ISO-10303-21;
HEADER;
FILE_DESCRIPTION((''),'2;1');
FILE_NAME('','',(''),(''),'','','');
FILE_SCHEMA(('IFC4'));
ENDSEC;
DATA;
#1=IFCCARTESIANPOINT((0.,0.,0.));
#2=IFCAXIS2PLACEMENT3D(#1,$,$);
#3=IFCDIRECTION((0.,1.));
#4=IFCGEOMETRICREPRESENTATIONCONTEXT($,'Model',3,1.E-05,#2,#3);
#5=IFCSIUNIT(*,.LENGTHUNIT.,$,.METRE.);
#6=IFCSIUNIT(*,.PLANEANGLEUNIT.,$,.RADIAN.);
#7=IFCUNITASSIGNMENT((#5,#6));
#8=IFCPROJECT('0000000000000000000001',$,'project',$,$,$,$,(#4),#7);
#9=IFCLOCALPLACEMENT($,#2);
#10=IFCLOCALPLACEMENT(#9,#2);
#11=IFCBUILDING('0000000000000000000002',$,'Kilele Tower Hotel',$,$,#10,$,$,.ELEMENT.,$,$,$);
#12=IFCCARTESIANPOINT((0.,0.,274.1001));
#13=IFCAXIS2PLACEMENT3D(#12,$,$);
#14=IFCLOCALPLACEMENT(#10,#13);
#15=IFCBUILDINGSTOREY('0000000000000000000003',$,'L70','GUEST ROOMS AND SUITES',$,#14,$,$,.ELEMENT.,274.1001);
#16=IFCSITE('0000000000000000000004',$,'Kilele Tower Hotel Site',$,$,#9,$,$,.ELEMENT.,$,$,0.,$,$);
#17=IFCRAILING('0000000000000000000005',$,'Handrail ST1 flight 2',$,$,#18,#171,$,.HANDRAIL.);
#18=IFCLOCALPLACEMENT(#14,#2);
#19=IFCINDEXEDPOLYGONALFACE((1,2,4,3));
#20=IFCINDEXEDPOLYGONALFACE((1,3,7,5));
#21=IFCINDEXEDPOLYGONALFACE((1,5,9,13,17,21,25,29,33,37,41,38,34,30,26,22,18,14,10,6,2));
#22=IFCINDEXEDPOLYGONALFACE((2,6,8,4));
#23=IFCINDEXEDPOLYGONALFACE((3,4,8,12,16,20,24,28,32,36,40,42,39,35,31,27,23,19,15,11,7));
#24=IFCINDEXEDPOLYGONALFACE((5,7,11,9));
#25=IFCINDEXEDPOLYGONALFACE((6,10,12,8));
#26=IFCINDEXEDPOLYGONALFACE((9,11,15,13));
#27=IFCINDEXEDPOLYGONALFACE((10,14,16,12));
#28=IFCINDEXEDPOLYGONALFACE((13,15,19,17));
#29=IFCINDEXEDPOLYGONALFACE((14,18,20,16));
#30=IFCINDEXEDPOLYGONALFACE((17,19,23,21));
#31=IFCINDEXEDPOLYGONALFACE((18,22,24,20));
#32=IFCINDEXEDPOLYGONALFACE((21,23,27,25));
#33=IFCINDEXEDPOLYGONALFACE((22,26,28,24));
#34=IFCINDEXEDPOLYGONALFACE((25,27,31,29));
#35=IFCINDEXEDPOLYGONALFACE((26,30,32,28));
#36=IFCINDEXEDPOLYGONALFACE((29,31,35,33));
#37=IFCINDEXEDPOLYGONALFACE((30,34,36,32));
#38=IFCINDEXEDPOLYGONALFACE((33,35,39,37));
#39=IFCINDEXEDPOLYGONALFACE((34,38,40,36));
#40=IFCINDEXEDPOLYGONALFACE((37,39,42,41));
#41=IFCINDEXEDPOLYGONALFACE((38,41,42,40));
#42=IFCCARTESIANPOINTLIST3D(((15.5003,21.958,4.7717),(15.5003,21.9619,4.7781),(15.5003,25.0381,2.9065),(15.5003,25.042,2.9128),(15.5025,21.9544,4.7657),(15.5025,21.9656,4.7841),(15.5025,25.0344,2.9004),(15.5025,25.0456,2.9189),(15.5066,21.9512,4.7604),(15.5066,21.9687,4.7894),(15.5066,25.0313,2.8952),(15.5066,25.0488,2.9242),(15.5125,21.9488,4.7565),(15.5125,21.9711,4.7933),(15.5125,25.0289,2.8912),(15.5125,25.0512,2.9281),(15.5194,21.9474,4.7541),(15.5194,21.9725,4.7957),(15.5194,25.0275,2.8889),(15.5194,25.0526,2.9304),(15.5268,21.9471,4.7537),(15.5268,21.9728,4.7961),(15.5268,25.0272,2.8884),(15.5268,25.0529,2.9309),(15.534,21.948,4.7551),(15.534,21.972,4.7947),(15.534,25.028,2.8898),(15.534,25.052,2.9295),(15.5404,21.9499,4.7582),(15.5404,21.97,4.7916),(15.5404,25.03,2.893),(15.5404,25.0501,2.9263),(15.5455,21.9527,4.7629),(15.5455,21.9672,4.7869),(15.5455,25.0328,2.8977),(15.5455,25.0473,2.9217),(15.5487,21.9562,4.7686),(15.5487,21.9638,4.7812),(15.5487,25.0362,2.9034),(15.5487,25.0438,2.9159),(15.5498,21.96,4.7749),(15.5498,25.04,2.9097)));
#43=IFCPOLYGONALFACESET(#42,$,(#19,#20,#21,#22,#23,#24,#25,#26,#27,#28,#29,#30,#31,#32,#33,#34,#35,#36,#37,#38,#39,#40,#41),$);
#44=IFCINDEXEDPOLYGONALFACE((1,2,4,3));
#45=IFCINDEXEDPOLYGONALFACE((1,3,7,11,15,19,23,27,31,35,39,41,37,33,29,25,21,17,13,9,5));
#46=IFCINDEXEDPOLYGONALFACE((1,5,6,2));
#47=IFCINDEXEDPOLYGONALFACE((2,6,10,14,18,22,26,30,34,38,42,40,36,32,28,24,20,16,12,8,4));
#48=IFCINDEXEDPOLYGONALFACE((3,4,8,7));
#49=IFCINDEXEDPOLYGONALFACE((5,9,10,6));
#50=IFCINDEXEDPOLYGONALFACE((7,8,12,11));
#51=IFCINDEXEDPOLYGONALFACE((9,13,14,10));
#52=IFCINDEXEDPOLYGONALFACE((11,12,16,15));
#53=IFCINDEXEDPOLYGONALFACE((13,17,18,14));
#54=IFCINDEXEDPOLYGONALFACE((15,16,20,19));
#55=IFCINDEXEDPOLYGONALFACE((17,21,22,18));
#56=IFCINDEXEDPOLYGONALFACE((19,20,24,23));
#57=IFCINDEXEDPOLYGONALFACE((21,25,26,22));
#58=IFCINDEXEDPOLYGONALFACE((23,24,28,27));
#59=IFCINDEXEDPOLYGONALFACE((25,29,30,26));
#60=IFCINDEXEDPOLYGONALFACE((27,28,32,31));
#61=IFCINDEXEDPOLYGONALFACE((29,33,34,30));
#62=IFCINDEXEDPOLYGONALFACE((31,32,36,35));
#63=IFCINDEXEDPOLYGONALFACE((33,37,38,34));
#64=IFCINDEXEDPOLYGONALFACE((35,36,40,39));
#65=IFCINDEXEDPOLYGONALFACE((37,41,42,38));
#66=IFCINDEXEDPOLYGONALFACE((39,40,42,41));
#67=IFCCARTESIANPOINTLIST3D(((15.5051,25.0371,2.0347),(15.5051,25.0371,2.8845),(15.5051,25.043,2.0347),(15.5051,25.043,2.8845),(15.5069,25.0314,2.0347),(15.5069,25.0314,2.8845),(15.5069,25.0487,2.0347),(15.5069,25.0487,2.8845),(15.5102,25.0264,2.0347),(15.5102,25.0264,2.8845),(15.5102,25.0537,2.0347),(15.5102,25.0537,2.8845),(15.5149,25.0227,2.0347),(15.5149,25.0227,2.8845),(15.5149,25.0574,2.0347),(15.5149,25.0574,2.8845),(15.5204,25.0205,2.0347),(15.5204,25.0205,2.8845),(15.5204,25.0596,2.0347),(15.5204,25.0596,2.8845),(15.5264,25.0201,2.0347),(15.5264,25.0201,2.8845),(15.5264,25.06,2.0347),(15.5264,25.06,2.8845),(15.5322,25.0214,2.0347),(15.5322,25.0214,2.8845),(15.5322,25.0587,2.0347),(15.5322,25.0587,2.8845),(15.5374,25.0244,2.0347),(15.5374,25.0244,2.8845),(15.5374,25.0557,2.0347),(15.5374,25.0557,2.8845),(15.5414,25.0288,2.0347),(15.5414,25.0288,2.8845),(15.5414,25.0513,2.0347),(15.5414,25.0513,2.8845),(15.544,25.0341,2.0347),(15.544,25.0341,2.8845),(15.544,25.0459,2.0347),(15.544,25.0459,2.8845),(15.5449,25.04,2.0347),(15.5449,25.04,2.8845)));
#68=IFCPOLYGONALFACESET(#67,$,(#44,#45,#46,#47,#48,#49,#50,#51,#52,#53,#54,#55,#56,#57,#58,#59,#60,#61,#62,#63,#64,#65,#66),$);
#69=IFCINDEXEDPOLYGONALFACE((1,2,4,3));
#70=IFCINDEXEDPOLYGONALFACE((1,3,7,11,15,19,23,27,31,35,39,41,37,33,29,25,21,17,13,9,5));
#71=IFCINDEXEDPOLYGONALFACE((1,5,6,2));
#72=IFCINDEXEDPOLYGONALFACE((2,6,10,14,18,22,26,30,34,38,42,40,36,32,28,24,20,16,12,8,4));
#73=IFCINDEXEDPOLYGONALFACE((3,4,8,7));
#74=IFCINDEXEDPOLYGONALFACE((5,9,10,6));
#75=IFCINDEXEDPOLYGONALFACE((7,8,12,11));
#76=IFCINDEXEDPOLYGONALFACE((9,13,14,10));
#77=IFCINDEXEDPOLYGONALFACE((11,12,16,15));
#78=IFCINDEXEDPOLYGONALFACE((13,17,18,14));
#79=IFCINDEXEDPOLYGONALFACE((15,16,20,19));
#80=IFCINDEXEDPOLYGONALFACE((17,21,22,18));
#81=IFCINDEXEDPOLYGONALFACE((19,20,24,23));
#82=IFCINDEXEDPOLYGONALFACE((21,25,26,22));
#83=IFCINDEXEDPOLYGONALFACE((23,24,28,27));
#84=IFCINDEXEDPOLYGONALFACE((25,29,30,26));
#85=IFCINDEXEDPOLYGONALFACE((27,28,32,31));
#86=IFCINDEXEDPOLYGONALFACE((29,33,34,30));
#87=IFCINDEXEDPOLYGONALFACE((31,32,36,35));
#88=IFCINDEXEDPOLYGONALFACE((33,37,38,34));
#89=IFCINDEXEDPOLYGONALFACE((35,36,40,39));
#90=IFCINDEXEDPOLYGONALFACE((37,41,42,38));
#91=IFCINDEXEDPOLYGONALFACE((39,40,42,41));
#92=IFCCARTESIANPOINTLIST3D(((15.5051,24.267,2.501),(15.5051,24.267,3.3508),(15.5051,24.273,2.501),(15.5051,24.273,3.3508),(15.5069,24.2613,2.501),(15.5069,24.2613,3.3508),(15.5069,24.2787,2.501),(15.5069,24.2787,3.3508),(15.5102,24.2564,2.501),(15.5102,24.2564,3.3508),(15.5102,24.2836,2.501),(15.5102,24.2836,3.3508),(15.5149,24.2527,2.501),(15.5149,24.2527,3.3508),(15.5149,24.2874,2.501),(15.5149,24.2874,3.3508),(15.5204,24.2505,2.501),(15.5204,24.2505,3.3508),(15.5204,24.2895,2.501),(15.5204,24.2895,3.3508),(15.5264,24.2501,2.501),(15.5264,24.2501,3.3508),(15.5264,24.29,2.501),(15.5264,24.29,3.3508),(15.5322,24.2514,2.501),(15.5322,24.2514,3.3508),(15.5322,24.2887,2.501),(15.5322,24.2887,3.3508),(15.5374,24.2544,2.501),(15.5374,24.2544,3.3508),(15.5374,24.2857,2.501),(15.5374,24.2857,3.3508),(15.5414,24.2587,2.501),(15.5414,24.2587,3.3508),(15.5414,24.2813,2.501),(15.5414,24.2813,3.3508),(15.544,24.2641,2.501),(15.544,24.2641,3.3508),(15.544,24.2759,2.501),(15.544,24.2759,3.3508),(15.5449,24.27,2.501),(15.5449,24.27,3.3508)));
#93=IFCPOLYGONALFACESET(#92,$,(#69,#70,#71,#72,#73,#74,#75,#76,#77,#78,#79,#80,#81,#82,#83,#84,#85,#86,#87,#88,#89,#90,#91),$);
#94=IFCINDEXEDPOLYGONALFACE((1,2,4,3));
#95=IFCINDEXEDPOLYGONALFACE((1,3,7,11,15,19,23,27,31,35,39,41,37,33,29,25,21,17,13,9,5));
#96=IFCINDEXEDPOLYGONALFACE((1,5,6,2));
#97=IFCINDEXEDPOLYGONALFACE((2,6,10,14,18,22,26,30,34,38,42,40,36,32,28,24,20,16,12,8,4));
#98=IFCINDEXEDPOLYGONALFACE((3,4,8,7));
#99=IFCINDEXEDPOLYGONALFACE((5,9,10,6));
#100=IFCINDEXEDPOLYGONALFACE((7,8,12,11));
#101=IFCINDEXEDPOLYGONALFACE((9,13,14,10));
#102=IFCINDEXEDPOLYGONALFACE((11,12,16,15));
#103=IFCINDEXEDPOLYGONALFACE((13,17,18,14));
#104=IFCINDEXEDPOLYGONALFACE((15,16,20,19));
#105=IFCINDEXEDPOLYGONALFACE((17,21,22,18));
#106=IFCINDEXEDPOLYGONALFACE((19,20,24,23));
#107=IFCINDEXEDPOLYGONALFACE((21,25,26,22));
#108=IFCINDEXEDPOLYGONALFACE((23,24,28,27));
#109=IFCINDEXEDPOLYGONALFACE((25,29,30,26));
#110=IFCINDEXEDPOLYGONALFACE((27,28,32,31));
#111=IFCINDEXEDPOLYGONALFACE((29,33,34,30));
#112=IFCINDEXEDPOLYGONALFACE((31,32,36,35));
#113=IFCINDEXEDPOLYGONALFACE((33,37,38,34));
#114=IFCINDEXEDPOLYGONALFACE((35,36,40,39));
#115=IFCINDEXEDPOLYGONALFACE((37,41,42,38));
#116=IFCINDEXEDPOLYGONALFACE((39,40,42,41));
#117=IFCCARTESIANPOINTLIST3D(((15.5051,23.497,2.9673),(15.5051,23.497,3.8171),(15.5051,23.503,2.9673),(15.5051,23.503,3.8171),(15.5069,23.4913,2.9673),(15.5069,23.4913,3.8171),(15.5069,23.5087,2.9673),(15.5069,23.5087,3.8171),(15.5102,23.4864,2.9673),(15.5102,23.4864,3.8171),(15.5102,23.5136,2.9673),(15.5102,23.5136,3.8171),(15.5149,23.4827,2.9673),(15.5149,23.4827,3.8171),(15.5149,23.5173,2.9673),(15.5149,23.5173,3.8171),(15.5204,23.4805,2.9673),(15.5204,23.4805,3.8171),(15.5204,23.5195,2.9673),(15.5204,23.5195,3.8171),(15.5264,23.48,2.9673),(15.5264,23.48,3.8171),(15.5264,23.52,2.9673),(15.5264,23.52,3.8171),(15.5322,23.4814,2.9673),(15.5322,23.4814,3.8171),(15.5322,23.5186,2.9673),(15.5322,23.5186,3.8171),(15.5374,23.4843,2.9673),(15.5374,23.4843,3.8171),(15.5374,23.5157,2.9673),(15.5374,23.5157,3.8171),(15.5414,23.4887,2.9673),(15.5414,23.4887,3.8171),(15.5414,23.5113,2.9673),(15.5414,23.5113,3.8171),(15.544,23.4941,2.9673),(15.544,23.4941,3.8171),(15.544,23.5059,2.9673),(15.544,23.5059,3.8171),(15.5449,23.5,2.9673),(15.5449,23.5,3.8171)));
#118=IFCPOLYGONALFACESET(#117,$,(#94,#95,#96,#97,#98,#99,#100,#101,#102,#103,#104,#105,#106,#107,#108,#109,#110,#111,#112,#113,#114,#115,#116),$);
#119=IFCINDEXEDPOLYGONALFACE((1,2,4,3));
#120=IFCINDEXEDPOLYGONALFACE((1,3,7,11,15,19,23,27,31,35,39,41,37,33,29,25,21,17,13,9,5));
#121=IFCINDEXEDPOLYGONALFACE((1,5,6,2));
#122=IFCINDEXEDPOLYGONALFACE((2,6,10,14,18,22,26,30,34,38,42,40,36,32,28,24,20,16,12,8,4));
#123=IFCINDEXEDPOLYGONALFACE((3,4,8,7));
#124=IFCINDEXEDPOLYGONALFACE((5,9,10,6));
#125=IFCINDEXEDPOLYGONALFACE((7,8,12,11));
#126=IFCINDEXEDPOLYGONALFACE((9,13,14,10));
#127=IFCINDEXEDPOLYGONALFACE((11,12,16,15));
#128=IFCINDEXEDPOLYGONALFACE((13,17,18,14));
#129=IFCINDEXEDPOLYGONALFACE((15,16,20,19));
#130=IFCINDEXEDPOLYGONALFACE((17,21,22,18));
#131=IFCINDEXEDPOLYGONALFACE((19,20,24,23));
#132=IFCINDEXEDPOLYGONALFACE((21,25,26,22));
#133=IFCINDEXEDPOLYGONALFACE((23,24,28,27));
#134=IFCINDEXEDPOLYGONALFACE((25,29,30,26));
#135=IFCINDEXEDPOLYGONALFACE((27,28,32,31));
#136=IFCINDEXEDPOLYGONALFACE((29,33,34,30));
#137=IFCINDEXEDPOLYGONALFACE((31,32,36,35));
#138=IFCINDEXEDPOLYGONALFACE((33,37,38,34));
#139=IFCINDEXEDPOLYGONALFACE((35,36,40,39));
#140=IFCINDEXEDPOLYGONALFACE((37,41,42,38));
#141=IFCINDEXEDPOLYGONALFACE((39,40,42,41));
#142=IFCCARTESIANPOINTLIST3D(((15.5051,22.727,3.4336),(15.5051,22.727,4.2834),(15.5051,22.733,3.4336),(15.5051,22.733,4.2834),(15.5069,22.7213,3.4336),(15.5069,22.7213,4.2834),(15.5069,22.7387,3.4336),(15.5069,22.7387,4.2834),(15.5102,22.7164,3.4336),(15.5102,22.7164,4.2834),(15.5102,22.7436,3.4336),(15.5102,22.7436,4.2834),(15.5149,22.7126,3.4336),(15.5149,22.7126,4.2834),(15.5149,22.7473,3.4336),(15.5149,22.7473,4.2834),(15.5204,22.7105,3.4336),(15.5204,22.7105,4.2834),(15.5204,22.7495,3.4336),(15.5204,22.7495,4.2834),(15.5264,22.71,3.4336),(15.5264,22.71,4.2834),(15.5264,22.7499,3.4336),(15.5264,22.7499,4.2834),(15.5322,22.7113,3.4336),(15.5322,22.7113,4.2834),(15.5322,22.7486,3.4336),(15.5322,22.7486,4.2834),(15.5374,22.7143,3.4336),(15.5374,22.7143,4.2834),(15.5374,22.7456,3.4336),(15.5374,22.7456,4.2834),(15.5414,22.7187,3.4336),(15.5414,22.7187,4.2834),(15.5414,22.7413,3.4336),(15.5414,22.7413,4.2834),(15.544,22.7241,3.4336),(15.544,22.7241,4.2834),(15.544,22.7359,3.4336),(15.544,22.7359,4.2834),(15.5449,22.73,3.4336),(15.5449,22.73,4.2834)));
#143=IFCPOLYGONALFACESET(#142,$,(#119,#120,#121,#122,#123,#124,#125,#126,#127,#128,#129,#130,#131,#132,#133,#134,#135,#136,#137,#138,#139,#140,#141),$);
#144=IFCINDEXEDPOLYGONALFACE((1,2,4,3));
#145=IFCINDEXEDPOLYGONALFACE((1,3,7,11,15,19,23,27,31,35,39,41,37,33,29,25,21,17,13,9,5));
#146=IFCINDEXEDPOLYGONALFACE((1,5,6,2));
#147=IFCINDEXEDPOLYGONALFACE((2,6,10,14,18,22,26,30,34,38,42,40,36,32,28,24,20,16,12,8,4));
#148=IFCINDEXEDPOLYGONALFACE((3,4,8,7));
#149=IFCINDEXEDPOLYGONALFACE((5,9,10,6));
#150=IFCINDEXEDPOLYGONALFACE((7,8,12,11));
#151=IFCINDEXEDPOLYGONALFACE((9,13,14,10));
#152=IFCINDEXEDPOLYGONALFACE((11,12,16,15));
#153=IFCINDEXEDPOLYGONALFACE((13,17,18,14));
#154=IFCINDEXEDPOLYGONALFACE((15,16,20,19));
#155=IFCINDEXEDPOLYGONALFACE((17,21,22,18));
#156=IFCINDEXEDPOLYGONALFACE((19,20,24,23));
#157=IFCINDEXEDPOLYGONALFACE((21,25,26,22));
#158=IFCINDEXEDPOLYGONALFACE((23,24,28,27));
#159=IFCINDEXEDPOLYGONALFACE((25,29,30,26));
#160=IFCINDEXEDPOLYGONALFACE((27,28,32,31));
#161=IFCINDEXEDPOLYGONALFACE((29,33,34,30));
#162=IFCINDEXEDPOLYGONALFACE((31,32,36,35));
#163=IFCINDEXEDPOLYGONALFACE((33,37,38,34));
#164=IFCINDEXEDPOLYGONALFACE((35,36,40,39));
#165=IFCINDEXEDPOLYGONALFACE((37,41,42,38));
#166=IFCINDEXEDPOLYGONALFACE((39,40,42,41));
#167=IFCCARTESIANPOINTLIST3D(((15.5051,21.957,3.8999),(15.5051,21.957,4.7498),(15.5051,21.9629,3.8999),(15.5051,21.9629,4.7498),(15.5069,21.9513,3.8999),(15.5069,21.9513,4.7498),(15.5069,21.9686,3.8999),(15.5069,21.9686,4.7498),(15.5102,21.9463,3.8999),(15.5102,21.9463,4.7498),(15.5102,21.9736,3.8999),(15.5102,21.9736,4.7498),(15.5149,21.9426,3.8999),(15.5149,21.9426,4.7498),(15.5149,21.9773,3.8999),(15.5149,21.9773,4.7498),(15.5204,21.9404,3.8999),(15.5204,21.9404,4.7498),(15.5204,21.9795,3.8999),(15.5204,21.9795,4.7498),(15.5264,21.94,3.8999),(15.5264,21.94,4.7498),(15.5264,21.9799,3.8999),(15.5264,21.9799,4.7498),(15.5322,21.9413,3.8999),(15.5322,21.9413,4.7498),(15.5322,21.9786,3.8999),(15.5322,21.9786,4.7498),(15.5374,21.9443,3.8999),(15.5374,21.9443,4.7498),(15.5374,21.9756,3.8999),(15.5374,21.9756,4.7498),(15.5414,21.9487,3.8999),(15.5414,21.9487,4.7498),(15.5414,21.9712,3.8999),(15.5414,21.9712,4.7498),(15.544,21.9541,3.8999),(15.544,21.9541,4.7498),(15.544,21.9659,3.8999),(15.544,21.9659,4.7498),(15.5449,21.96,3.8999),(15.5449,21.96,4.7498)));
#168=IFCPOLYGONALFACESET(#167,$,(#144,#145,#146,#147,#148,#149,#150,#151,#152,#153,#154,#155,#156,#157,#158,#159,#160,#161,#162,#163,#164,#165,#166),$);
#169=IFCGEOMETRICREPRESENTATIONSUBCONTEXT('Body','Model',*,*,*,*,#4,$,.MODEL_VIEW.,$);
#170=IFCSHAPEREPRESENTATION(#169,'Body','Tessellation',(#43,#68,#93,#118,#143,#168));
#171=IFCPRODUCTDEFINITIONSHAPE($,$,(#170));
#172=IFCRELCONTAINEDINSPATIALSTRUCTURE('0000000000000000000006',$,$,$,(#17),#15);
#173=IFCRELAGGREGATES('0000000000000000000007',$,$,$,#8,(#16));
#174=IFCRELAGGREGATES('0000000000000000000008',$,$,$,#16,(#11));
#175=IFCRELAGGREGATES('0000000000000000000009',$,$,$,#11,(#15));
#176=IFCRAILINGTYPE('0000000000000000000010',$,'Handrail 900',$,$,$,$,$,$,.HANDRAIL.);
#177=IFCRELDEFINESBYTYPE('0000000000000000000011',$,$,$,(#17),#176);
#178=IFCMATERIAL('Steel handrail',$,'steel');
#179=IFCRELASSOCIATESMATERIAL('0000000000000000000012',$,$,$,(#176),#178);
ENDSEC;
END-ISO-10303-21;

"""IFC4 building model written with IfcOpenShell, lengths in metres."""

from ifc_helpers import new_model, si_unit, direction, frame, origin, origin_2d, place, context, subcontext, project, spatial, circle, extrude, material, type_object, element, save


model = new_model("IFC4")

# Units and contexts
model_context = context("Model", 3, precision=1e-05, world=origin(), true_north=direction((0.0, 1.0)))
body_context = subcontext(model_context, "Body", "Model", "MODEL_VIEW")
ifc_project = project(units=[si_unit("LENGTHUNIT", "METRE"), si_unit("PLANEANGLEUNIT", "RADIAN")], contexts=[model_context])

# Site, building, storey
site_placement = place(None, origin())
site = spatial("IfcSite", under=ifc_project, at=site_placement, Name="Kilele Tower Hotel Site", CompositionType="ELEMENT", RefElevation=0.0)
building_placement = place(site_placement, origin())
building = spatial("IfcBuilding", under=site, at=building_placement, Name="Kilele Tower Hotel", CompositionType="ELEMENT")
storey_placement = place(building_placement, frame((0.0, 0.0, 274.1001)))
storey = spatial("IfcBuildingStorey", under=building, at=storey_placement, Name="L70", Description="GUEST ROOMS AND SUITES", CompositionType="ELEMENT", Elevation=274.1001)

# Railing
ifc_material_1 = material(Name="Steel handrail", Category="steel")
railing_type_1 = type_object("IfcRailingType", Name="Handrail 900", PredefinedType="HANDRAIL", material=ifc_material_1)
for number, where, name in (
    (1, (15.5249, 25.04, 2.0347), "Handrail ST1 flight 2"),
):
    element("IfcRailing", number, at=place(storey_placement, frame(where)), inside=storey, type_object=railing_type_1, Name=name, PredefinedType="HANDRAIL", context=body_context, shape_type="SweptSolid", body=[
        extrude(circle(Radius=0.0249, at=origin_2d()), frame((0.0, 0.0, 0.875), z_axis=(0.0, -0.85538, 0.518001), x_axis=(1.0, 0.0, 0.0)), (0.0, 0.0, 1.0), 3.6008),
        extrude(circle(Radius=0.02, at=origin_2d()), origin(), (0.0, 0.0, 1.0), 0.8499),
        extrude(circle(Radius=0.02, at=origin_2d()), frame((0.0, -0.77, 0.4663)), (0.0, 0.0, 1.0), 0.8499),
        extrude(circle(Radius=0.02, at=origin_2d()), frame((0.0, -1.54, 0.9326)), (0.0, 0.0, 1.0), 0.8499),
        extrude(circle(Radius=0.02, at=origin_2d()), frame((0.0, -2.3101, 1.3989)), (0.0, 0.0, 1.0), 0.8499),
        extrude(circle(Radius=0.02, at=origin_2d()), frame((0.0, -3.0801, 1.8652)), (0.0, 0.0, 1.0), 0.8499),
    ])

save(model, "model.ifc")
